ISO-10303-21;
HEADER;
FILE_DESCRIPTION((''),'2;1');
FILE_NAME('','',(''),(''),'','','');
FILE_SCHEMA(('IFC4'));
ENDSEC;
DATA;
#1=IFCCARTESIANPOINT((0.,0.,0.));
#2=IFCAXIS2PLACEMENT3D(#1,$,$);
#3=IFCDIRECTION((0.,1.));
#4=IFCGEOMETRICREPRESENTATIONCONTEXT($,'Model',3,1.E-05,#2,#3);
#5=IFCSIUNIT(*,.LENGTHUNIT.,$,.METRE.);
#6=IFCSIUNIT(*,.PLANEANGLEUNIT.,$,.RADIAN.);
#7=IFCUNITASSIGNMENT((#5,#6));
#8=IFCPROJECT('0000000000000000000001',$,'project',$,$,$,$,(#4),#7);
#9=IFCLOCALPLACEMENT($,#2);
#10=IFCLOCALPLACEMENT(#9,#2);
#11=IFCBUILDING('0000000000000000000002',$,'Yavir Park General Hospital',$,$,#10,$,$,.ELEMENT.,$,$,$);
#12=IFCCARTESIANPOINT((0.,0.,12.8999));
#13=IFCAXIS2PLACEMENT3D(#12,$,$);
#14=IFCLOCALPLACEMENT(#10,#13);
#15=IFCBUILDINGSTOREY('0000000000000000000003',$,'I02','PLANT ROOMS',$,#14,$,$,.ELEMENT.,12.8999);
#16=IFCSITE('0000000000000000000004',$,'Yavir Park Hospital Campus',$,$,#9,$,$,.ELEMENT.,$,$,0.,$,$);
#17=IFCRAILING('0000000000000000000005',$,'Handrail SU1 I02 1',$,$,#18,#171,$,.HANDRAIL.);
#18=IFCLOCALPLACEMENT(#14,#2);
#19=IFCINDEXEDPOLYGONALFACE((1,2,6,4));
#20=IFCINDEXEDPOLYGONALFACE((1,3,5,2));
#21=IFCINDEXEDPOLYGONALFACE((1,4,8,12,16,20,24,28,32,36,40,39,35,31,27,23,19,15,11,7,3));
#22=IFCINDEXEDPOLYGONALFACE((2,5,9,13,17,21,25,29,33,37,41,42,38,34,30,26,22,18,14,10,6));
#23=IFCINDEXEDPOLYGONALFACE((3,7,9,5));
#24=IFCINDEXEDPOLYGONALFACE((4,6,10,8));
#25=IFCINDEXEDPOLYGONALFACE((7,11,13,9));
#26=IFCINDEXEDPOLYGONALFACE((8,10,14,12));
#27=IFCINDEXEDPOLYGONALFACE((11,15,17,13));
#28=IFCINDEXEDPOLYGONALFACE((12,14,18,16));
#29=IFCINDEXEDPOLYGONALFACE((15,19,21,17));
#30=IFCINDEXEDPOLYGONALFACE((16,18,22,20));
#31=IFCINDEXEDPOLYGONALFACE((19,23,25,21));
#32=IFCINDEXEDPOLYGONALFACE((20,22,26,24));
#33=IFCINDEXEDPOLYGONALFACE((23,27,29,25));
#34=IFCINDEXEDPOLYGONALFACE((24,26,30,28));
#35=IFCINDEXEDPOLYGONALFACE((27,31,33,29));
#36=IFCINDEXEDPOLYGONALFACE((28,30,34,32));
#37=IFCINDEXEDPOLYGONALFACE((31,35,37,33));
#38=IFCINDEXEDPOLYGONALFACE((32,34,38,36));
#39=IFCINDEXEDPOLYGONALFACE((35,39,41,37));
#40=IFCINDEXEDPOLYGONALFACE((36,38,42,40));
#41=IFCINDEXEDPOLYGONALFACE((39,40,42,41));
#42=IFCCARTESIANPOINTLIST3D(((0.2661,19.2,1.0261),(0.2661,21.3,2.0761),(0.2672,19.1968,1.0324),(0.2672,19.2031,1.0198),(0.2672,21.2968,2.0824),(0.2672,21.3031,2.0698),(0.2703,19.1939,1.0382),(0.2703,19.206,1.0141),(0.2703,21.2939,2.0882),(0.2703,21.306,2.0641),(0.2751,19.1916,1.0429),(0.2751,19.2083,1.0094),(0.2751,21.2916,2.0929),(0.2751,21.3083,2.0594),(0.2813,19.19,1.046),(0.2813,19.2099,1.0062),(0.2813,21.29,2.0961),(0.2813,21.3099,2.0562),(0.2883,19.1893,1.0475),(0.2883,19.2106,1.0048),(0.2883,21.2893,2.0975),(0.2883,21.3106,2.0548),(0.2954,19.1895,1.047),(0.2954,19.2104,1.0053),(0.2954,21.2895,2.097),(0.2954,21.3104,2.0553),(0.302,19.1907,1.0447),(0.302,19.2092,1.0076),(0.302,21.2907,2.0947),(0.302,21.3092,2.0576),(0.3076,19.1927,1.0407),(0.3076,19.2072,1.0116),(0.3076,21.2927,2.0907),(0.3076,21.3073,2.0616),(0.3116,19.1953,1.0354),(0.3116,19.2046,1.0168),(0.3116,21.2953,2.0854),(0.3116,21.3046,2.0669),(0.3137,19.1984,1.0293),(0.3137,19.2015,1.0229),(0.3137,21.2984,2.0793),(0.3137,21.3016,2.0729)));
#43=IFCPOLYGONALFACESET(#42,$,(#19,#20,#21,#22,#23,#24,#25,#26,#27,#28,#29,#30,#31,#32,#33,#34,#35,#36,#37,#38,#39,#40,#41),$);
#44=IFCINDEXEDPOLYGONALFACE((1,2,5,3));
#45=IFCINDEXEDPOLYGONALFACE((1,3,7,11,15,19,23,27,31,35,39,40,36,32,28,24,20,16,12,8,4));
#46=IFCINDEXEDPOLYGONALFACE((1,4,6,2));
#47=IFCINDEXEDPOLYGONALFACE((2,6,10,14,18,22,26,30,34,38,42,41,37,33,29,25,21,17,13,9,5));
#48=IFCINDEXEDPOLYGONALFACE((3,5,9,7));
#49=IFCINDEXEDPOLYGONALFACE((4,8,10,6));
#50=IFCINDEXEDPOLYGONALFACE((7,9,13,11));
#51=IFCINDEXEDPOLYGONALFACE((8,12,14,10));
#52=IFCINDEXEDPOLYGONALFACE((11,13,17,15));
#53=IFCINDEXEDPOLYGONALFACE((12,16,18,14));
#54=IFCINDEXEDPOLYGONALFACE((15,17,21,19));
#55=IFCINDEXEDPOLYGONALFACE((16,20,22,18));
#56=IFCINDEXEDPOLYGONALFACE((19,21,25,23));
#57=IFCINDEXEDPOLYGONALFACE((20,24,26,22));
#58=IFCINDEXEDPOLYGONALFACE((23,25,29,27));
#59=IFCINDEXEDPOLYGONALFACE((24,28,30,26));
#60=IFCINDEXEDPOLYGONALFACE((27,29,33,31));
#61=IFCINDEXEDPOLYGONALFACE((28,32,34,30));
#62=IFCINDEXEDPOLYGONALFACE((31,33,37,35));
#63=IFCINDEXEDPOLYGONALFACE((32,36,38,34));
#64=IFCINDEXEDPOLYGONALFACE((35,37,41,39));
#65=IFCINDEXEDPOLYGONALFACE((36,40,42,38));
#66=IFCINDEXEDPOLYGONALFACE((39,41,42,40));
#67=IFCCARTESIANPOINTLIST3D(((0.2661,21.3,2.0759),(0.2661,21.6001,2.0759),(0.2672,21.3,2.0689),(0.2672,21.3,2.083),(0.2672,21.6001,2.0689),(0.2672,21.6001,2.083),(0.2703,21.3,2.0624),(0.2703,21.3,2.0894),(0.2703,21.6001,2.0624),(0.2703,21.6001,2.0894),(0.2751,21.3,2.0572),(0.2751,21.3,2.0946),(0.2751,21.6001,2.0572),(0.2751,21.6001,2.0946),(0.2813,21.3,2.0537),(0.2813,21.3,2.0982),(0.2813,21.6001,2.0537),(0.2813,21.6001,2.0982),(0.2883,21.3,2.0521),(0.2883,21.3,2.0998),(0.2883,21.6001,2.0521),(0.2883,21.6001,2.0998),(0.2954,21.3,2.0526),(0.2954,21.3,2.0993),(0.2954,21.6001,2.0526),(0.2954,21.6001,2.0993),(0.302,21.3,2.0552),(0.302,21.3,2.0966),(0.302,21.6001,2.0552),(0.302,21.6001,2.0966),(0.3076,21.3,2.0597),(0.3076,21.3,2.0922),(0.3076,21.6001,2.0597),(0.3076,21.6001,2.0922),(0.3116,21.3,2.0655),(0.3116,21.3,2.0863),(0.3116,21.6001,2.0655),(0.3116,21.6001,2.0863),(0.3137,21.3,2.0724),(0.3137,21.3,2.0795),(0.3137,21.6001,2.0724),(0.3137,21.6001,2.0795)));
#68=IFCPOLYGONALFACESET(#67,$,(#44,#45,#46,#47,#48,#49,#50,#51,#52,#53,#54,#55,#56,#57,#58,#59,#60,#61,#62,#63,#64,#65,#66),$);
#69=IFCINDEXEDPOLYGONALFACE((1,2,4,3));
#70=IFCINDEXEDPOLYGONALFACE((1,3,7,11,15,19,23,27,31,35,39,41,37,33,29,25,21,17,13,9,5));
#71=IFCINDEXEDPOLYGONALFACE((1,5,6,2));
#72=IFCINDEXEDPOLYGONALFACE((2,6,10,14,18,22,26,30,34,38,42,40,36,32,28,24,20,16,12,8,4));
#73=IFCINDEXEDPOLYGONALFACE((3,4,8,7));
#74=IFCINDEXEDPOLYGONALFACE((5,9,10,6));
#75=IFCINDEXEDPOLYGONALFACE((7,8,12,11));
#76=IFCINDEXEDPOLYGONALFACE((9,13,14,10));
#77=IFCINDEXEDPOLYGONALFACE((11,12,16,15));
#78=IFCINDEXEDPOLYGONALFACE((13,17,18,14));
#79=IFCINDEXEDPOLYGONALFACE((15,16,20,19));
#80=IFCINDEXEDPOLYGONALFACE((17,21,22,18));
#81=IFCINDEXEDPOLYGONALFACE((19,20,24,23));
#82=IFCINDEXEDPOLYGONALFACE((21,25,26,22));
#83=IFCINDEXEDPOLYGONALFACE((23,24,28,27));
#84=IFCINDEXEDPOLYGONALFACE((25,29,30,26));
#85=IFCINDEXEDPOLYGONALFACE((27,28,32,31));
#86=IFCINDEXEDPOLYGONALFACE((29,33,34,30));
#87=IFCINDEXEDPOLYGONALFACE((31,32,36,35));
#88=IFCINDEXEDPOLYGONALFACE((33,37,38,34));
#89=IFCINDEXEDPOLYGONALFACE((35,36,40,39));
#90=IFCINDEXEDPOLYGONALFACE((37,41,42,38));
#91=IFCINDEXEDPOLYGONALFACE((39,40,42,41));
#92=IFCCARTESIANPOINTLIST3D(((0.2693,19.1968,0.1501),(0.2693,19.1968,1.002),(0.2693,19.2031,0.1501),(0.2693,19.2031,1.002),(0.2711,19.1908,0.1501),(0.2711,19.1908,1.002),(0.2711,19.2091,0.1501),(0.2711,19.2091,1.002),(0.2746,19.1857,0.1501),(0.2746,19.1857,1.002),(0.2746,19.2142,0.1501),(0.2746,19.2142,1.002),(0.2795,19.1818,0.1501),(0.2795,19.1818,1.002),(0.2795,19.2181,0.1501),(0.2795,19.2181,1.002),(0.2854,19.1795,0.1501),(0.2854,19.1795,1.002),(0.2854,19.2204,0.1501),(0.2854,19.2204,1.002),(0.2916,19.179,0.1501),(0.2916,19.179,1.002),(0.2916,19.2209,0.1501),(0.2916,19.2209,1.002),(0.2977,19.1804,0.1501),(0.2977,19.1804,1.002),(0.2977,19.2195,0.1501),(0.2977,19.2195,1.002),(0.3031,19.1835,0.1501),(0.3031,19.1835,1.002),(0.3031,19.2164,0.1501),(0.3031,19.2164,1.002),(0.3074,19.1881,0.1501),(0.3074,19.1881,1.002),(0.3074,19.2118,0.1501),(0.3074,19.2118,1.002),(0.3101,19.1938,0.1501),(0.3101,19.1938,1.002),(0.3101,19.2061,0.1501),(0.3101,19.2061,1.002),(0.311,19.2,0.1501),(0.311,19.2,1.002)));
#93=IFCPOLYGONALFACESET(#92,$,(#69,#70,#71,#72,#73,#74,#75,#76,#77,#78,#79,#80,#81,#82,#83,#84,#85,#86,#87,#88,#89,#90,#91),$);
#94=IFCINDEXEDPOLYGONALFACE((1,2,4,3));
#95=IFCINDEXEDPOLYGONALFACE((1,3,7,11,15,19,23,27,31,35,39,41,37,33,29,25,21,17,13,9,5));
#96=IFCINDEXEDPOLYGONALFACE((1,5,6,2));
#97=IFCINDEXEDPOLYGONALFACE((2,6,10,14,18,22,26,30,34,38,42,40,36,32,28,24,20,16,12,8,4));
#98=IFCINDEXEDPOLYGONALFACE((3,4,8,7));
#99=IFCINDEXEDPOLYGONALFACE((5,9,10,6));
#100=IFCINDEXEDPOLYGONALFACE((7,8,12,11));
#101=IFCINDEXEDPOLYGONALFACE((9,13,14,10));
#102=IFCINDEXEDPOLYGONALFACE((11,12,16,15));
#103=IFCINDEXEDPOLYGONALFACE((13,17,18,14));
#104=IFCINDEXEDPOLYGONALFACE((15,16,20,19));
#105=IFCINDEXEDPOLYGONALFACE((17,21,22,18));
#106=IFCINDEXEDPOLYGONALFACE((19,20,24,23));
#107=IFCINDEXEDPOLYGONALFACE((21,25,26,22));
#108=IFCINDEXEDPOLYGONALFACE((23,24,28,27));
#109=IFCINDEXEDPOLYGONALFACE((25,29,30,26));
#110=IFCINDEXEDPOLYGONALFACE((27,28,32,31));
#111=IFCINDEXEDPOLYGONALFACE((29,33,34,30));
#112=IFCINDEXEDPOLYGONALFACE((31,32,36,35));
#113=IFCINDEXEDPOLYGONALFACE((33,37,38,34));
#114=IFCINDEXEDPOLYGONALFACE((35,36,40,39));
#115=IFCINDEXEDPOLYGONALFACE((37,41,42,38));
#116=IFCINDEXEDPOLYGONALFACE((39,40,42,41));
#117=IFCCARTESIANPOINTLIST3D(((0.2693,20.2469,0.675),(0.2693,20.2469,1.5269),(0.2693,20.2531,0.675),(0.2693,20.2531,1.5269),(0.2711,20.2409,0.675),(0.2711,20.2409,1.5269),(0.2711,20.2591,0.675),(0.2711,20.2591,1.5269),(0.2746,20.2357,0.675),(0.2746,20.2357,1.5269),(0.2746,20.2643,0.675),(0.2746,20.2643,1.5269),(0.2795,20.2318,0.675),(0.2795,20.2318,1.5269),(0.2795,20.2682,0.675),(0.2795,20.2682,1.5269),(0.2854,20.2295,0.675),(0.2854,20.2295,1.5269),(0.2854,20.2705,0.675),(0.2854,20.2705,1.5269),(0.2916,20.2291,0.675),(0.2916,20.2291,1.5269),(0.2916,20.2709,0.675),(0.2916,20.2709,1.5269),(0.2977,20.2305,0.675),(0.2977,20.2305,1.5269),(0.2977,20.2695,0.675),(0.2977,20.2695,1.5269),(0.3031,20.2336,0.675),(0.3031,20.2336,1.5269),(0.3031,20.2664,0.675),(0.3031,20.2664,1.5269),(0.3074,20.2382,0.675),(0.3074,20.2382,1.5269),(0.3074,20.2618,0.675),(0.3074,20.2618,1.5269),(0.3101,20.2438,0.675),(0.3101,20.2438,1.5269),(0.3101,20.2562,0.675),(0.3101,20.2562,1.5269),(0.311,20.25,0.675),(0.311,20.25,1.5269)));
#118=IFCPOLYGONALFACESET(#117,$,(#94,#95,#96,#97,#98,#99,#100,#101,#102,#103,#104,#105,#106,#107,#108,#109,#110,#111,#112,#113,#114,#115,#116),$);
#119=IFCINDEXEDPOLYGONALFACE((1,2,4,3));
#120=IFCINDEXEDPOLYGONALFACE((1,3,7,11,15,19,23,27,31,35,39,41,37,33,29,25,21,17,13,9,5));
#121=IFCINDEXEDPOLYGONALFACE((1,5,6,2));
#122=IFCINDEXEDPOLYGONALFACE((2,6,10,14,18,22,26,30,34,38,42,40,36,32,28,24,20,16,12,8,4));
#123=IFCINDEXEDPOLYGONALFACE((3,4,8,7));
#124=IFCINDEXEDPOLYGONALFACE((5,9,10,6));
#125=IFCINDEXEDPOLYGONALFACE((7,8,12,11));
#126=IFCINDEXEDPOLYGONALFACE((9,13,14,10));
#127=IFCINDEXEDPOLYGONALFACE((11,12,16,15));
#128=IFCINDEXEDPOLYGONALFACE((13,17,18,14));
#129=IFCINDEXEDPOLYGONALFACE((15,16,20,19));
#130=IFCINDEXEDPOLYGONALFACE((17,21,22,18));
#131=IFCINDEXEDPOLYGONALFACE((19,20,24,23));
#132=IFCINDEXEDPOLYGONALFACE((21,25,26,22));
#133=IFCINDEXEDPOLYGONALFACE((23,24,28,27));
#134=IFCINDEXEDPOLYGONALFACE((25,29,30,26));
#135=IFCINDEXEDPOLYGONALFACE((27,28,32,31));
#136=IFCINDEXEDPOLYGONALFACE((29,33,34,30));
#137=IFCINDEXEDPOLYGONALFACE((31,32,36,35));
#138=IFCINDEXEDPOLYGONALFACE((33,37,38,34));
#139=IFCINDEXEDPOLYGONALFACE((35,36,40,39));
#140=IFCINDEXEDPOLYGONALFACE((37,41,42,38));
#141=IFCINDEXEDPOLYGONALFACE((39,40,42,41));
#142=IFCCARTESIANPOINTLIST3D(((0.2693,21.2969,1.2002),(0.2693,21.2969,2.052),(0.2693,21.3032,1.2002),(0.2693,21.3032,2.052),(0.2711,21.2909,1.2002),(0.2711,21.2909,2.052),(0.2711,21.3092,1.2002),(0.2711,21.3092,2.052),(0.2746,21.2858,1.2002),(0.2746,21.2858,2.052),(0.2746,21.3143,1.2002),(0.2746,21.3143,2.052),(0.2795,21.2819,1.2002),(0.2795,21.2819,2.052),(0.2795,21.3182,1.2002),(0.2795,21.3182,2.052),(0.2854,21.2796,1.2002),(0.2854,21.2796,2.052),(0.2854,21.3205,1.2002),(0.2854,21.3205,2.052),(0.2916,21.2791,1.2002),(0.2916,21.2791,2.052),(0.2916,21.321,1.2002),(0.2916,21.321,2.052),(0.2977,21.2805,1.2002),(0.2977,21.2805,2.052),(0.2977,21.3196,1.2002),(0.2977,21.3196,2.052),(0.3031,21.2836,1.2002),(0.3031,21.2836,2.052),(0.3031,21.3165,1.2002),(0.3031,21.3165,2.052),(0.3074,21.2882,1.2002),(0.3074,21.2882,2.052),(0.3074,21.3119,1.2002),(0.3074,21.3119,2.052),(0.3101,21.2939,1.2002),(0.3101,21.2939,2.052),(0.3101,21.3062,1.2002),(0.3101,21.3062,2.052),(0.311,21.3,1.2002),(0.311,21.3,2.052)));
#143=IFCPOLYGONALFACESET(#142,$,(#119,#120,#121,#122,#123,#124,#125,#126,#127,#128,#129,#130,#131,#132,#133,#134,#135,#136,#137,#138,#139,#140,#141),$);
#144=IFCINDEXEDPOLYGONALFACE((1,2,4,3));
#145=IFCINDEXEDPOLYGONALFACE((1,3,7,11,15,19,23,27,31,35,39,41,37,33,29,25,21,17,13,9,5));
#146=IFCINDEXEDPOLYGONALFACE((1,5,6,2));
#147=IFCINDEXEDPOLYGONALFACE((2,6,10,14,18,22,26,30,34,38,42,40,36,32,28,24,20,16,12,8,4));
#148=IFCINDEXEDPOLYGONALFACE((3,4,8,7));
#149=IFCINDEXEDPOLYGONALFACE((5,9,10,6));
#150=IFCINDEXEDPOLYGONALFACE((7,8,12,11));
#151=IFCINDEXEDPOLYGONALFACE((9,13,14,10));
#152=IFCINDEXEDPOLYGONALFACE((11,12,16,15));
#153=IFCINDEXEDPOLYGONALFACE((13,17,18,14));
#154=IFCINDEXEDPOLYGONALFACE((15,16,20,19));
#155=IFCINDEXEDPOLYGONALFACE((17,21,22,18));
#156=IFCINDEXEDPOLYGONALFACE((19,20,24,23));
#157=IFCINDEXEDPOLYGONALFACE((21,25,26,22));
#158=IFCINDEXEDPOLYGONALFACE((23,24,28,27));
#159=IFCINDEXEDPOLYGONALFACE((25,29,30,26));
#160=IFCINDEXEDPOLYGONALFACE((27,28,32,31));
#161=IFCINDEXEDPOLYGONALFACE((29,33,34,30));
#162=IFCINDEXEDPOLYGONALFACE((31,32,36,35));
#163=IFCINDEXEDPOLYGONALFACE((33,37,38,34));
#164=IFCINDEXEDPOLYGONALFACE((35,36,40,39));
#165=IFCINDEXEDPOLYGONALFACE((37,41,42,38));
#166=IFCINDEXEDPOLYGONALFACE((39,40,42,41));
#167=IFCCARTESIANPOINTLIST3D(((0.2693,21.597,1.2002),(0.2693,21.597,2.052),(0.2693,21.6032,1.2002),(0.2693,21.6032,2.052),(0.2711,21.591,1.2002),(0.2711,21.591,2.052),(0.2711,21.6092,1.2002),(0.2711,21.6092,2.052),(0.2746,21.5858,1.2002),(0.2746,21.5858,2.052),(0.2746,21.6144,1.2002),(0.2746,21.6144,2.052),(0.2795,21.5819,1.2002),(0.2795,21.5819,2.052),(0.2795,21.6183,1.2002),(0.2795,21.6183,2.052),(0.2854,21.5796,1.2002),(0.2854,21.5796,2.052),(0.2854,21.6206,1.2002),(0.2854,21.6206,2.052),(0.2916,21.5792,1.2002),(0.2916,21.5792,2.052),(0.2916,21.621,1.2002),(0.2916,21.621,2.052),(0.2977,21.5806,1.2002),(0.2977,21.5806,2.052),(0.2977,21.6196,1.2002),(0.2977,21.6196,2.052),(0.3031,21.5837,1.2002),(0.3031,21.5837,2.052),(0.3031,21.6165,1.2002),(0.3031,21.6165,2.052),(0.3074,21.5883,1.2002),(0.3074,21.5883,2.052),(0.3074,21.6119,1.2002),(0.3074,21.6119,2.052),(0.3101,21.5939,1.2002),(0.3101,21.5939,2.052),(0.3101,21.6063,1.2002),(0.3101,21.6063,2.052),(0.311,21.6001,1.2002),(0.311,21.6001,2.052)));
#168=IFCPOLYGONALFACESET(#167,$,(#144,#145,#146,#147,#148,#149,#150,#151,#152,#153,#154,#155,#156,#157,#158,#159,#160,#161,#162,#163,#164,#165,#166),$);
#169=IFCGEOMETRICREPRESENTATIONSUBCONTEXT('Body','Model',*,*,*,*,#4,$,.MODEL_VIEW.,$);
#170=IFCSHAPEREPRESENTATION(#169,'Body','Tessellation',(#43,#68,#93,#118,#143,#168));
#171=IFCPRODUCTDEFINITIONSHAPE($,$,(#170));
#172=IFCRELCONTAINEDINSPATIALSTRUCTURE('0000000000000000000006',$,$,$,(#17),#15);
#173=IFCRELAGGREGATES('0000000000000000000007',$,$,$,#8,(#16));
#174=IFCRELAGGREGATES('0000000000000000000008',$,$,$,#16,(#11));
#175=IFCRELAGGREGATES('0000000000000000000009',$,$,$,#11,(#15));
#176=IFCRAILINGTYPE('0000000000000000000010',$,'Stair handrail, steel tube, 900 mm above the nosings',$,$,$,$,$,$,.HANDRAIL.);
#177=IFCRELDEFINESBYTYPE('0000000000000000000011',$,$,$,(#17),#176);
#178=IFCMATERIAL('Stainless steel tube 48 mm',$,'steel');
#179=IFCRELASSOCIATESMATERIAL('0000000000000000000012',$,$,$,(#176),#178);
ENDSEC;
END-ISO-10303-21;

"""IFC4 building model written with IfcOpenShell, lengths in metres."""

from ifc_helpers import new_model, si_unit, direction, frame, origin, origin_2d, place, context, subcontext, project, spatial, circle, extrude, material, type_object, element, save


model = new_model("IFC4")

# Units and contexts
model_context = context("Model", 3, precision=1e-05, world=origin(), true_north=direction((0.0, 1.0)))
body_context = subcontext(model_context, "Body", "Model", "MODEL_VIEW")
ifc_project = project(units=[si_unit("LENGTHUNIT", "METRE"), si_unit("PLANEANGLEUNIT", "RADIAN")], contexts=[model_context])

# Site, building, storey
site_placement = place(None, origin())
site = spatial("IfcSite", under=ifc_project, at=site_placement, Name="Yavir Park Hospital Campus", CompositionType="ELEMENT", RefElevation=0.0)
building_placement = place(site_placement, origin())
building = spatial("IfcBuilding", under=site, at=building_placement, Name="Yavir Park General Hospital", CompositionType="ELEMENT")
storey_placement = place(building_placement, frame((0.0, 0.0, 12.8999)))
storey = spatial("IfcBuildingStorey", under=building, at=storey_placement, Name="I02", Description="PLANT ROOMS", CompositionType="ELEMENT", Elevation=12.8999)

# Railing
ifc_material_1 = material(Name="Stainless steel tube 48 mm", Category="steel")
railing_type_1 = type_object("IfcRailingType", Name="Stair handrail, steel tube, 900 mm above the nosings", PredefinedType="HANDRAIL", material=ifc_material_1)
for number, where, name in (
    (1, (0.29, 19.2, 0.1501), "Handrail SU1 I02 1"),
):
    element("IfcRailing", number, at=place(storey_placement, frame(where)), inside=storey, type_object=railing_type_1, Name=name, PredefinedType="HANDRAIL", context=body_context, shape_type="SweptSolid", body=[
        extrude(circle(Radius=0.0239, at=origin_2d()), frame((0.0, 0.0, 0.876), z_axis=(0.0, 0.894427, 0.447214), x_axis=(-1.0, 0.0, 0.0)), (0.0, 0.0, 1.0), 2.3479),
        extrude(circle(Radius=0.0239, at=origin_2d()), frame((0.0, 2.1001, 1.9258), z_axis=(0.0, 1.0, 0.0), x_axis=(-1.0, 0.0, 0.0)), (0.0, 0.0, 1.0), 0.3),
        extrude(circle(Radius=0.021, at=origin_2d()), origin(), (0.0, 0.0, 1.0), 0.8518),
        extrude(circle(Radius=0.021, at=origin_2d()), frame((0.0, 1.05, 0.5249)), (0.0, 0.0, 1.0), 0.8518),
        extrude(circle(Radius=0.021, at=origin_2d()), frame((0.0, 2.1001, 1.05)), (0.0, 0.0, 1.0), 0.8518),
        extrude(circle(Radius=0.021, at=origin_2d()), frame((0.0, 2.4001, 1.05)), (0.0, 0.0, 1.0), 0.8518),
    ])

save(model, "model.ifc")
